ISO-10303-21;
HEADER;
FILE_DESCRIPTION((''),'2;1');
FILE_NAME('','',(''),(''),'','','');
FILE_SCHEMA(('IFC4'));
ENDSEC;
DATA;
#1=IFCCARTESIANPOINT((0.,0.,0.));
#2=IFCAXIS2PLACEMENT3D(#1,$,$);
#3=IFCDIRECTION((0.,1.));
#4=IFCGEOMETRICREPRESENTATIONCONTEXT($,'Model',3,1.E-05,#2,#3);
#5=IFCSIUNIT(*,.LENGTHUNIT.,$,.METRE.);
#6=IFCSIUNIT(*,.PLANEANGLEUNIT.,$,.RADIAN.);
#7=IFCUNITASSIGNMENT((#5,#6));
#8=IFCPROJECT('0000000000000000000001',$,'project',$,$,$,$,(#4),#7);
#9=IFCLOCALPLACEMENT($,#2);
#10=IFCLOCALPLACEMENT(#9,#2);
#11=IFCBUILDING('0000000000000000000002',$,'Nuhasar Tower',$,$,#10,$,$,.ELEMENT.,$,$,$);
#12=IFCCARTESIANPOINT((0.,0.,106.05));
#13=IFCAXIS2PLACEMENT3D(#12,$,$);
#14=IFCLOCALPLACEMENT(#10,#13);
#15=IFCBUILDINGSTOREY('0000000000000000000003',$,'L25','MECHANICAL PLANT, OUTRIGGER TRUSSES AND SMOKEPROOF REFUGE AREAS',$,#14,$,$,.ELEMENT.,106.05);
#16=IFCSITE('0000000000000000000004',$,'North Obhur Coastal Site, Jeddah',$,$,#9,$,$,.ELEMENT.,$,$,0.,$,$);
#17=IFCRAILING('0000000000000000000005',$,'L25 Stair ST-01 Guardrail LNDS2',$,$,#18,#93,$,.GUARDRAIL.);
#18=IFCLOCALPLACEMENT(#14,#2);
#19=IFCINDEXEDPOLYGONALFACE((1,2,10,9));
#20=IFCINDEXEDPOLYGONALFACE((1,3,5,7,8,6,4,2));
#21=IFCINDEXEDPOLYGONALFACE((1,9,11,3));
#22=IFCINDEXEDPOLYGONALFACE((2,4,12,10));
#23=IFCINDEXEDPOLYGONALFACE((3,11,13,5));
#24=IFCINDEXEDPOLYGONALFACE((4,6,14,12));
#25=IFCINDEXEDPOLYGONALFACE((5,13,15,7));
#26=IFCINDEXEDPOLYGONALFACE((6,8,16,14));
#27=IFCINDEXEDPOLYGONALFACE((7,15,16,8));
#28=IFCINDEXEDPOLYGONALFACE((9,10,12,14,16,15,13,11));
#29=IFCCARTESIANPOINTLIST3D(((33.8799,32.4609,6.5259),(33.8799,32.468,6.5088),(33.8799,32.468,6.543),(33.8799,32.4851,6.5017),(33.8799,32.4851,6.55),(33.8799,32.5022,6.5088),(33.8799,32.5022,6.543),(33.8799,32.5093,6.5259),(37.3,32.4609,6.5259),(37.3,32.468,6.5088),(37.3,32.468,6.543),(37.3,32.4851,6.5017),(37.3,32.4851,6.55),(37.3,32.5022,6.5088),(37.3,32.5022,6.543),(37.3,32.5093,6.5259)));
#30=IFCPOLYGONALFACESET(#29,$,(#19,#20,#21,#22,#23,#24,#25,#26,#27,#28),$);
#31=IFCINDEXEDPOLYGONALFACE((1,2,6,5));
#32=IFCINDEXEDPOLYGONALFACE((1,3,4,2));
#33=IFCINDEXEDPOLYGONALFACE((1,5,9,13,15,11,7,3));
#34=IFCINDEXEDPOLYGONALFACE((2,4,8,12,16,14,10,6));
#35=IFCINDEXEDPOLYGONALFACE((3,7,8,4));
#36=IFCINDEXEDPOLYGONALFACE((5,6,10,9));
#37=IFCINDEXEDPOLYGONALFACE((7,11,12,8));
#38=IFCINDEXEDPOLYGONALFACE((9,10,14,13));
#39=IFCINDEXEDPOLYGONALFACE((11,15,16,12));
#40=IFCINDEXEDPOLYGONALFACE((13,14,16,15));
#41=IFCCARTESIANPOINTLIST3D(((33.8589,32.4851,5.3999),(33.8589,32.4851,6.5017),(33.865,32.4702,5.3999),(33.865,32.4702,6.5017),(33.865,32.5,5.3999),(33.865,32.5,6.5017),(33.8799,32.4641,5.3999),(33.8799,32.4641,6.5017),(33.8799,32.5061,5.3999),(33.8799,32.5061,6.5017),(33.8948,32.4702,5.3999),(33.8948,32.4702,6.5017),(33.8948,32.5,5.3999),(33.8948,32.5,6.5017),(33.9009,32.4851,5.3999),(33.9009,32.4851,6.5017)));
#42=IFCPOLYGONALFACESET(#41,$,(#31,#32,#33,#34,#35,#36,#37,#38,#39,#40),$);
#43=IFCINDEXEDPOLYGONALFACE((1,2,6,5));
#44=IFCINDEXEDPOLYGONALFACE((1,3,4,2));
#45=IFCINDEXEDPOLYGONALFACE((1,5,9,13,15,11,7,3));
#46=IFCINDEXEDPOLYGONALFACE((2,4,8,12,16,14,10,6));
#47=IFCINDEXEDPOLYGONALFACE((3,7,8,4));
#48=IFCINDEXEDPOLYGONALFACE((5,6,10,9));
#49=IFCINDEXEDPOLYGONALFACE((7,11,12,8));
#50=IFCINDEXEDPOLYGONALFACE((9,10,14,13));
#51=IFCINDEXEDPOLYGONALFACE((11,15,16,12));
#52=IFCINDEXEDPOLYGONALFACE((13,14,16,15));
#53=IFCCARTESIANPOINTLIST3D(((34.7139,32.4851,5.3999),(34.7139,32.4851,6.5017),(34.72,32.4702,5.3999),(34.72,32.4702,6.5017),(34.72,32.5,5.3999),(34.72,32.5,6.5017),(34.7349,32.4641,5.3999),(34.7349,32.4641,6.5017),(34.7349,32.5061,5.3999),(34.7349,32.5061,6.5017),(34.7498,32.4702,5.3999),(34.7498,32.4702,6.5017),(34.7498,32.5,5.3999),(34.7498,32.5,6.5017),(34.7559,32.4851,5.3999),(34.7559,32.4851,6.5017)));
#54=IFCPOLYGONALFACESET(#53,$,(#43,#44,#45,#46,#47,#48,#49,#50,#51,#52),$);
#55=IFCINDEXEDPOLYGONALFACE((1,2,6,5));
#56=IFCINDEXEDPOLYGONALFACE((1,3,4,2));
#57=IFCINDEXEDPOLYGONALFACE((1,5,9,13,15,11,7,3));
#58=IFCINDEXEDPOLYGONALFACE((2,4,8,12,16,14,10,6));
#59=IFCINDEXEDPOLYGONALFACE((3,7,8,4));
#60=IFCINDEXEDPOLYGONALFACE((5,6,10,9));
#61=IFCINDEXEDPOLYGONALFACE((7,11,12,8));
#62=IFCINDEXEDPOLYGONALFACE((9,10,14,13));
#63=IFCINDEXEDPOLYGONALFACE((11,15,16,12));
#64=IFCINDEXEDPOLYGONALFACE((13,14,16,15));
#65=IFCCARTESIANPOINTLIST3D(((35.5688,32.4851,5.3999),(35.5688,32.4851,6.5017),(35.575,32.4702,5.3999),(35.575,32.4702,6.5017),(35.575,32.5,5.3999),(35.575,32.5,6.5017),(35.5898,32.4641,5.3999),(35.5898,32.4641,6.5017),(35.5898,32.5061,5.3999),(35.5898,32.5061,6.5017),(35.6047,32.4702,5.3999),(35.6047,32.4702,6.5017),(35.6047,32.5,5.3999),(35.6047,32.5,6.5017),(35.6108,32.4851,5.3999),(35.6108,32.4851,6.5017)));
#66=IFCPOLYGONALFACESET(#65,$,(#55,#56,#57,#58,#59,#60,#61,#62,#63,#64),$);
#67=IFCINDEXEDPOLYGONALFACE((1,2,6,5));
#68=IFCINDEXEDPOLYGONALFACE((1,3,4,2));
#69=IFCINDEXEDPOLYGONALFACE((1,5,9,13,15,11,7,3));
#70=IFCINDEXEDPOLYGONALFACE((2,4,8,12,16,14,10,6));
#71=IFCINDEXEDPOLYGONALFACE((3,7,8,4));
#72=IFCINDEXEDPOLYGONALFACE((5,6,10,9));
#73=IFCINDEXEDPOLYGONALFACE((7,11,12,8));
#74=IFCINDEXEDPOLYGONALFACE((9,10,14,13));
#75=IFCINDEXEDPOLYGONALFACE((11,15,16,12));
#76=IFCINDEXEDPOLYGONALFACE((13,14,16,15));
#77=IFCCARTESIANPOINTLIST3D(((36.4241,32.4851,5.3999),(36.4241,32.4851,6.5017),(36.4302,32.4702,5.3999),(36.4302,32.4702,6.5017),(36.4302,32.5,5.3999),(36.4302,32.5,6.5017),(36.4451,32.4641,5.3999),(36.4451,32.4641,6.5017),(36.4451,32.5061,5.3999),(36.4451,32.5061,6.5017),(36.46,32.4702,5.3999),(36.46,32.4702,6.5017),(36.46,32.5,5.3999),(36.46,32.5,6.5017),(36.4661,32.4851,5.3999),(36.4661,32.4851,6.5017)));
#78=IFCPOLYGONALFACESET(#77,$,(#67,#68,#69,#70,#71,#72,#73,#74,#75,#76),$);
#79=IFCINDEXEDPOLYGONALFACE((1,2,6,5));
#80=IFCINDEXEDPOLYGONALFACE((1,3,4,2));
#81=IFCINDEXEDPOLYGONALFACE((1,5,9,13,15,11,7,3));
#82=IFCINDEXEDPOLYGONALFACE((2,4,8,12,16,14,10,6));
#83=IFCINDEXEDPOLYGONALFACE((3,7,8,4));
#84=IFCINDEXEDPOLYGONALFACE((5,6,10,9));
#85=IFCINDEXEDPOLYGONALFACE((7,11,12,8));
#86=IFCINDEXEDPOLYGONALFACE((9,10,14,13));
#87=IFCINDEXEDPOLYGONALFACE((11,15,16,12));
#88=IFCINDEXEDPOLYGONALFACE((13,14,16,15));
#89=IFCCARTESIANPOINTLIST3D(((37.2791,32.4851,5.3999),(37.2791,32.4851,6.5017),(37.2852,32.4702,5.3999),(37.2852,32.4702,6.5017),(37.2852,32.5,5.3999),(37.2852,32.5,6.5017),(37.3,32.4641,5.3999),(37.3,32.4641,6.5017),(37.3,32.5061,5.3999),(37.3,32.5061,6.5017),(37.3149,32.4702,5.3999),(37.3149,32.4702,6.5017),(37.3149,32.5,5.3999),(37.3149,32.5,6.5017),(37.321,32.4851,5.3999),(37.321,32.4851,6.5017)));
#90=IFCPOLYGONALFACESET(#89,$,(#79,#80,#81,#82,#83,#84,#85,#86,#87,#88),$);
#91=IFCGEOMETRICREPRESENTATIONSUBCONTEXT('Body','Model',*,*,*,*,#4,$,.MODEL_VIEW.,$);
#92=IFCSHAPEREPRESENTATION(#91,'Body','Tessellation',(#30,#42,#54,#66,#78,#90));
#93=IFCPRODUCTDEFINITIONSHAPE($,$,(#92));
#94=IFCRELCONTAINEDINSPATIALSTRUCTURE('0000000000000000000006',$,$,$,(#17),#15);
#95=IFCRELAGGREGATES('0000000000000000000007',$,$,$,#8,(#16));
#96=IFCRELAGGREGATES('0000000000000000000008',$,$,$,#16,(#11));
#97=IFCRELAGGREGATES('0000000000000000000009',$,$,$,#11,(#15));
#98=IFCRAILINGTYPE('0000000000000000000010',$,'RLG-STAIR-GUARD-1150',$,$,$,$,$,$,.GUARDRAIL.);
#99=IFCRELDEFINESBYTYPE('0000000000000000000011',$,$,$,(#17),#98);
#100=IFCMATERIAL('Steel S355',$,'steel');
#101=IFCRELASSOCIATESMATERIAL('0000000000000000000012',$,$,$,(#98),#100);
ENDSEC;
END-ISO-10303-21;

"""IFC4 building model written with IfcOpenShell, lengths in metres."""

from ifc_helpers import new_model, si_unit, direction, frame, origin, place, context, subcontext, project, spatial, polyline, outline, extrude, material, type_object, element, save


model = new_model("IFC4")

# Units and contexts
model_context = context("Model", 3, precision=1e-05, world=origin(), true_north=direction((0.0, 1.0)))
body_context = subcontext(model_context, "Body", "Model", "MODEL_VIEW")
ifc_project = project(units=[si_unit("LENGTHUNIT", "METRE"), si_unit("PLANEANGLEUNIT", "RADIAN")], contexts=[model_context])

# Site, building, storey
site_placement = place(None, origin())
site = spatial("IfcSite", under=ifc_project, at=site_placement, Name="North Obhur Coastal Site, Jeddah", CompositionType="ELEMENT", RefElevation=0.0)
building_placement = place(site_placement, origin())
building = spatial("IfcBuilding", under=site, at=building_placement, Name="Nuhasar Tower", CompositionType="ELEMENT")
storey_placement = place(building_placement, frame((0.0, 0.0, 106.05)))
storey = spatial("IfcBuildingStorey", under=building, at=storey_placement, Name="L25", Description="MECHANICAL PLANT, OUTRIGGER TRUSSES AND SMOKEPROOF REFUGE AREAS", CompositionType="ELEMENT", Elevation=106.05)

# Shared definitions
ifc_material_1 = material(Name="Steel S355", Category="steel")

# Railing
railing_type_1 = type_object("IfcRailingType", Name="RLG-STAIR-GUARD-1150", PredefinedType="GUARDRAIL", material=ifc_material_1)
railing_1_placement = place(storey_placement, frame((33.8799, 32.4851, 5.3999)))
element("IfcRailing", 1, at=railing_1_placement, inside=storey, type_object=railing_type_1, Name="L25 Stair ST-01 Guardrail LNDS2", PredefinedType="GUARDRAIL", context=body_context, shape_type="SweptSolid", body=[
    extrude(outline(polyline([(0.0242, 0.0), (0.0171, 0.0171), (0.0, 0.0242), (-0.0171, 0.0171), (-0.0242, 0.0), (-0.0171, -0.0171), (0.0, -0.0242), (0.0171, -0.0171), (0.0242, 0.0)])), frame((0.0, 0.0, 1.126), z_axis=(1.0, 0.0, 0.0), x_axis=(0.0, 1.0, 0.0)), (0.0, 0.0, 1.0), 3.4202),
    extrude(outline(polyline([(0.021, 0.0), (0.0149, 0.0149), (0.0, 0.021), (-0.0149, 0.0149), (-0.021, 0.0), (-0.0149, -0.0149), (0.0, -0.021), (0.0149, -0.0149), (0.021, 0.0)])), origin(), (0.0, 0.0, 1.0), 1.1018),
    extrude(outline(polyline([(0.021, 0.0), (0.0149, 0.0149), (0.0, 0.021), (-0.0149, 0.0149), (-0.021, 0.0), (-0.0149, -0.0149), (0.0, -0.021), (0.0149, -0.0149), (0.021, 0.0)])), frame((0.855, 0.0, 0.0)), (0.0, 0.0, 1.0), 1.1018),
    extrude(outline(polyline([(0.021, 0.0), (0.0149, 0.0149), (0.0, 0.021), (-0.0149, 0.0149), (-0.021, 0.0), (-0.0149, -0.0149), (0.0, -0.021), (0.0149, -0.0149), (0.021, 0.0)])), frame((1.71, 0.0, 0.0)), (0.0, 0.0, 1.0), 1.1018),
    extrude(outline(polyline([(0.021, 0.0), (0.0149, 0.0149), (0.0, 0.021), (-0.0149, 0.0149), (-0.021, 0.0), (-0.0149, -0.0149), (0.0, -0.021), (0.0149, -0.0149), (0.021, 0.0)])), frame((2.5652, 0.0, 0.0)), (0.0, 0.0, 1.0), 1.1018),
    extrude(outline(polyline([(0.021, 0.0), (0.0149, 0.0149), (0.0, 0.021), (-0.0149, 0.0149), (-0.021, 0.0), (-0.0149, -0.0149), (0.0, -0.021), (0.0149, -0.0149), (0.021, 0.0)])), frame((3.4202, 0.0, 0.0)), (0.0, 0.0, 1.0), 1.1018),
])

save(model, "model.ifc")
